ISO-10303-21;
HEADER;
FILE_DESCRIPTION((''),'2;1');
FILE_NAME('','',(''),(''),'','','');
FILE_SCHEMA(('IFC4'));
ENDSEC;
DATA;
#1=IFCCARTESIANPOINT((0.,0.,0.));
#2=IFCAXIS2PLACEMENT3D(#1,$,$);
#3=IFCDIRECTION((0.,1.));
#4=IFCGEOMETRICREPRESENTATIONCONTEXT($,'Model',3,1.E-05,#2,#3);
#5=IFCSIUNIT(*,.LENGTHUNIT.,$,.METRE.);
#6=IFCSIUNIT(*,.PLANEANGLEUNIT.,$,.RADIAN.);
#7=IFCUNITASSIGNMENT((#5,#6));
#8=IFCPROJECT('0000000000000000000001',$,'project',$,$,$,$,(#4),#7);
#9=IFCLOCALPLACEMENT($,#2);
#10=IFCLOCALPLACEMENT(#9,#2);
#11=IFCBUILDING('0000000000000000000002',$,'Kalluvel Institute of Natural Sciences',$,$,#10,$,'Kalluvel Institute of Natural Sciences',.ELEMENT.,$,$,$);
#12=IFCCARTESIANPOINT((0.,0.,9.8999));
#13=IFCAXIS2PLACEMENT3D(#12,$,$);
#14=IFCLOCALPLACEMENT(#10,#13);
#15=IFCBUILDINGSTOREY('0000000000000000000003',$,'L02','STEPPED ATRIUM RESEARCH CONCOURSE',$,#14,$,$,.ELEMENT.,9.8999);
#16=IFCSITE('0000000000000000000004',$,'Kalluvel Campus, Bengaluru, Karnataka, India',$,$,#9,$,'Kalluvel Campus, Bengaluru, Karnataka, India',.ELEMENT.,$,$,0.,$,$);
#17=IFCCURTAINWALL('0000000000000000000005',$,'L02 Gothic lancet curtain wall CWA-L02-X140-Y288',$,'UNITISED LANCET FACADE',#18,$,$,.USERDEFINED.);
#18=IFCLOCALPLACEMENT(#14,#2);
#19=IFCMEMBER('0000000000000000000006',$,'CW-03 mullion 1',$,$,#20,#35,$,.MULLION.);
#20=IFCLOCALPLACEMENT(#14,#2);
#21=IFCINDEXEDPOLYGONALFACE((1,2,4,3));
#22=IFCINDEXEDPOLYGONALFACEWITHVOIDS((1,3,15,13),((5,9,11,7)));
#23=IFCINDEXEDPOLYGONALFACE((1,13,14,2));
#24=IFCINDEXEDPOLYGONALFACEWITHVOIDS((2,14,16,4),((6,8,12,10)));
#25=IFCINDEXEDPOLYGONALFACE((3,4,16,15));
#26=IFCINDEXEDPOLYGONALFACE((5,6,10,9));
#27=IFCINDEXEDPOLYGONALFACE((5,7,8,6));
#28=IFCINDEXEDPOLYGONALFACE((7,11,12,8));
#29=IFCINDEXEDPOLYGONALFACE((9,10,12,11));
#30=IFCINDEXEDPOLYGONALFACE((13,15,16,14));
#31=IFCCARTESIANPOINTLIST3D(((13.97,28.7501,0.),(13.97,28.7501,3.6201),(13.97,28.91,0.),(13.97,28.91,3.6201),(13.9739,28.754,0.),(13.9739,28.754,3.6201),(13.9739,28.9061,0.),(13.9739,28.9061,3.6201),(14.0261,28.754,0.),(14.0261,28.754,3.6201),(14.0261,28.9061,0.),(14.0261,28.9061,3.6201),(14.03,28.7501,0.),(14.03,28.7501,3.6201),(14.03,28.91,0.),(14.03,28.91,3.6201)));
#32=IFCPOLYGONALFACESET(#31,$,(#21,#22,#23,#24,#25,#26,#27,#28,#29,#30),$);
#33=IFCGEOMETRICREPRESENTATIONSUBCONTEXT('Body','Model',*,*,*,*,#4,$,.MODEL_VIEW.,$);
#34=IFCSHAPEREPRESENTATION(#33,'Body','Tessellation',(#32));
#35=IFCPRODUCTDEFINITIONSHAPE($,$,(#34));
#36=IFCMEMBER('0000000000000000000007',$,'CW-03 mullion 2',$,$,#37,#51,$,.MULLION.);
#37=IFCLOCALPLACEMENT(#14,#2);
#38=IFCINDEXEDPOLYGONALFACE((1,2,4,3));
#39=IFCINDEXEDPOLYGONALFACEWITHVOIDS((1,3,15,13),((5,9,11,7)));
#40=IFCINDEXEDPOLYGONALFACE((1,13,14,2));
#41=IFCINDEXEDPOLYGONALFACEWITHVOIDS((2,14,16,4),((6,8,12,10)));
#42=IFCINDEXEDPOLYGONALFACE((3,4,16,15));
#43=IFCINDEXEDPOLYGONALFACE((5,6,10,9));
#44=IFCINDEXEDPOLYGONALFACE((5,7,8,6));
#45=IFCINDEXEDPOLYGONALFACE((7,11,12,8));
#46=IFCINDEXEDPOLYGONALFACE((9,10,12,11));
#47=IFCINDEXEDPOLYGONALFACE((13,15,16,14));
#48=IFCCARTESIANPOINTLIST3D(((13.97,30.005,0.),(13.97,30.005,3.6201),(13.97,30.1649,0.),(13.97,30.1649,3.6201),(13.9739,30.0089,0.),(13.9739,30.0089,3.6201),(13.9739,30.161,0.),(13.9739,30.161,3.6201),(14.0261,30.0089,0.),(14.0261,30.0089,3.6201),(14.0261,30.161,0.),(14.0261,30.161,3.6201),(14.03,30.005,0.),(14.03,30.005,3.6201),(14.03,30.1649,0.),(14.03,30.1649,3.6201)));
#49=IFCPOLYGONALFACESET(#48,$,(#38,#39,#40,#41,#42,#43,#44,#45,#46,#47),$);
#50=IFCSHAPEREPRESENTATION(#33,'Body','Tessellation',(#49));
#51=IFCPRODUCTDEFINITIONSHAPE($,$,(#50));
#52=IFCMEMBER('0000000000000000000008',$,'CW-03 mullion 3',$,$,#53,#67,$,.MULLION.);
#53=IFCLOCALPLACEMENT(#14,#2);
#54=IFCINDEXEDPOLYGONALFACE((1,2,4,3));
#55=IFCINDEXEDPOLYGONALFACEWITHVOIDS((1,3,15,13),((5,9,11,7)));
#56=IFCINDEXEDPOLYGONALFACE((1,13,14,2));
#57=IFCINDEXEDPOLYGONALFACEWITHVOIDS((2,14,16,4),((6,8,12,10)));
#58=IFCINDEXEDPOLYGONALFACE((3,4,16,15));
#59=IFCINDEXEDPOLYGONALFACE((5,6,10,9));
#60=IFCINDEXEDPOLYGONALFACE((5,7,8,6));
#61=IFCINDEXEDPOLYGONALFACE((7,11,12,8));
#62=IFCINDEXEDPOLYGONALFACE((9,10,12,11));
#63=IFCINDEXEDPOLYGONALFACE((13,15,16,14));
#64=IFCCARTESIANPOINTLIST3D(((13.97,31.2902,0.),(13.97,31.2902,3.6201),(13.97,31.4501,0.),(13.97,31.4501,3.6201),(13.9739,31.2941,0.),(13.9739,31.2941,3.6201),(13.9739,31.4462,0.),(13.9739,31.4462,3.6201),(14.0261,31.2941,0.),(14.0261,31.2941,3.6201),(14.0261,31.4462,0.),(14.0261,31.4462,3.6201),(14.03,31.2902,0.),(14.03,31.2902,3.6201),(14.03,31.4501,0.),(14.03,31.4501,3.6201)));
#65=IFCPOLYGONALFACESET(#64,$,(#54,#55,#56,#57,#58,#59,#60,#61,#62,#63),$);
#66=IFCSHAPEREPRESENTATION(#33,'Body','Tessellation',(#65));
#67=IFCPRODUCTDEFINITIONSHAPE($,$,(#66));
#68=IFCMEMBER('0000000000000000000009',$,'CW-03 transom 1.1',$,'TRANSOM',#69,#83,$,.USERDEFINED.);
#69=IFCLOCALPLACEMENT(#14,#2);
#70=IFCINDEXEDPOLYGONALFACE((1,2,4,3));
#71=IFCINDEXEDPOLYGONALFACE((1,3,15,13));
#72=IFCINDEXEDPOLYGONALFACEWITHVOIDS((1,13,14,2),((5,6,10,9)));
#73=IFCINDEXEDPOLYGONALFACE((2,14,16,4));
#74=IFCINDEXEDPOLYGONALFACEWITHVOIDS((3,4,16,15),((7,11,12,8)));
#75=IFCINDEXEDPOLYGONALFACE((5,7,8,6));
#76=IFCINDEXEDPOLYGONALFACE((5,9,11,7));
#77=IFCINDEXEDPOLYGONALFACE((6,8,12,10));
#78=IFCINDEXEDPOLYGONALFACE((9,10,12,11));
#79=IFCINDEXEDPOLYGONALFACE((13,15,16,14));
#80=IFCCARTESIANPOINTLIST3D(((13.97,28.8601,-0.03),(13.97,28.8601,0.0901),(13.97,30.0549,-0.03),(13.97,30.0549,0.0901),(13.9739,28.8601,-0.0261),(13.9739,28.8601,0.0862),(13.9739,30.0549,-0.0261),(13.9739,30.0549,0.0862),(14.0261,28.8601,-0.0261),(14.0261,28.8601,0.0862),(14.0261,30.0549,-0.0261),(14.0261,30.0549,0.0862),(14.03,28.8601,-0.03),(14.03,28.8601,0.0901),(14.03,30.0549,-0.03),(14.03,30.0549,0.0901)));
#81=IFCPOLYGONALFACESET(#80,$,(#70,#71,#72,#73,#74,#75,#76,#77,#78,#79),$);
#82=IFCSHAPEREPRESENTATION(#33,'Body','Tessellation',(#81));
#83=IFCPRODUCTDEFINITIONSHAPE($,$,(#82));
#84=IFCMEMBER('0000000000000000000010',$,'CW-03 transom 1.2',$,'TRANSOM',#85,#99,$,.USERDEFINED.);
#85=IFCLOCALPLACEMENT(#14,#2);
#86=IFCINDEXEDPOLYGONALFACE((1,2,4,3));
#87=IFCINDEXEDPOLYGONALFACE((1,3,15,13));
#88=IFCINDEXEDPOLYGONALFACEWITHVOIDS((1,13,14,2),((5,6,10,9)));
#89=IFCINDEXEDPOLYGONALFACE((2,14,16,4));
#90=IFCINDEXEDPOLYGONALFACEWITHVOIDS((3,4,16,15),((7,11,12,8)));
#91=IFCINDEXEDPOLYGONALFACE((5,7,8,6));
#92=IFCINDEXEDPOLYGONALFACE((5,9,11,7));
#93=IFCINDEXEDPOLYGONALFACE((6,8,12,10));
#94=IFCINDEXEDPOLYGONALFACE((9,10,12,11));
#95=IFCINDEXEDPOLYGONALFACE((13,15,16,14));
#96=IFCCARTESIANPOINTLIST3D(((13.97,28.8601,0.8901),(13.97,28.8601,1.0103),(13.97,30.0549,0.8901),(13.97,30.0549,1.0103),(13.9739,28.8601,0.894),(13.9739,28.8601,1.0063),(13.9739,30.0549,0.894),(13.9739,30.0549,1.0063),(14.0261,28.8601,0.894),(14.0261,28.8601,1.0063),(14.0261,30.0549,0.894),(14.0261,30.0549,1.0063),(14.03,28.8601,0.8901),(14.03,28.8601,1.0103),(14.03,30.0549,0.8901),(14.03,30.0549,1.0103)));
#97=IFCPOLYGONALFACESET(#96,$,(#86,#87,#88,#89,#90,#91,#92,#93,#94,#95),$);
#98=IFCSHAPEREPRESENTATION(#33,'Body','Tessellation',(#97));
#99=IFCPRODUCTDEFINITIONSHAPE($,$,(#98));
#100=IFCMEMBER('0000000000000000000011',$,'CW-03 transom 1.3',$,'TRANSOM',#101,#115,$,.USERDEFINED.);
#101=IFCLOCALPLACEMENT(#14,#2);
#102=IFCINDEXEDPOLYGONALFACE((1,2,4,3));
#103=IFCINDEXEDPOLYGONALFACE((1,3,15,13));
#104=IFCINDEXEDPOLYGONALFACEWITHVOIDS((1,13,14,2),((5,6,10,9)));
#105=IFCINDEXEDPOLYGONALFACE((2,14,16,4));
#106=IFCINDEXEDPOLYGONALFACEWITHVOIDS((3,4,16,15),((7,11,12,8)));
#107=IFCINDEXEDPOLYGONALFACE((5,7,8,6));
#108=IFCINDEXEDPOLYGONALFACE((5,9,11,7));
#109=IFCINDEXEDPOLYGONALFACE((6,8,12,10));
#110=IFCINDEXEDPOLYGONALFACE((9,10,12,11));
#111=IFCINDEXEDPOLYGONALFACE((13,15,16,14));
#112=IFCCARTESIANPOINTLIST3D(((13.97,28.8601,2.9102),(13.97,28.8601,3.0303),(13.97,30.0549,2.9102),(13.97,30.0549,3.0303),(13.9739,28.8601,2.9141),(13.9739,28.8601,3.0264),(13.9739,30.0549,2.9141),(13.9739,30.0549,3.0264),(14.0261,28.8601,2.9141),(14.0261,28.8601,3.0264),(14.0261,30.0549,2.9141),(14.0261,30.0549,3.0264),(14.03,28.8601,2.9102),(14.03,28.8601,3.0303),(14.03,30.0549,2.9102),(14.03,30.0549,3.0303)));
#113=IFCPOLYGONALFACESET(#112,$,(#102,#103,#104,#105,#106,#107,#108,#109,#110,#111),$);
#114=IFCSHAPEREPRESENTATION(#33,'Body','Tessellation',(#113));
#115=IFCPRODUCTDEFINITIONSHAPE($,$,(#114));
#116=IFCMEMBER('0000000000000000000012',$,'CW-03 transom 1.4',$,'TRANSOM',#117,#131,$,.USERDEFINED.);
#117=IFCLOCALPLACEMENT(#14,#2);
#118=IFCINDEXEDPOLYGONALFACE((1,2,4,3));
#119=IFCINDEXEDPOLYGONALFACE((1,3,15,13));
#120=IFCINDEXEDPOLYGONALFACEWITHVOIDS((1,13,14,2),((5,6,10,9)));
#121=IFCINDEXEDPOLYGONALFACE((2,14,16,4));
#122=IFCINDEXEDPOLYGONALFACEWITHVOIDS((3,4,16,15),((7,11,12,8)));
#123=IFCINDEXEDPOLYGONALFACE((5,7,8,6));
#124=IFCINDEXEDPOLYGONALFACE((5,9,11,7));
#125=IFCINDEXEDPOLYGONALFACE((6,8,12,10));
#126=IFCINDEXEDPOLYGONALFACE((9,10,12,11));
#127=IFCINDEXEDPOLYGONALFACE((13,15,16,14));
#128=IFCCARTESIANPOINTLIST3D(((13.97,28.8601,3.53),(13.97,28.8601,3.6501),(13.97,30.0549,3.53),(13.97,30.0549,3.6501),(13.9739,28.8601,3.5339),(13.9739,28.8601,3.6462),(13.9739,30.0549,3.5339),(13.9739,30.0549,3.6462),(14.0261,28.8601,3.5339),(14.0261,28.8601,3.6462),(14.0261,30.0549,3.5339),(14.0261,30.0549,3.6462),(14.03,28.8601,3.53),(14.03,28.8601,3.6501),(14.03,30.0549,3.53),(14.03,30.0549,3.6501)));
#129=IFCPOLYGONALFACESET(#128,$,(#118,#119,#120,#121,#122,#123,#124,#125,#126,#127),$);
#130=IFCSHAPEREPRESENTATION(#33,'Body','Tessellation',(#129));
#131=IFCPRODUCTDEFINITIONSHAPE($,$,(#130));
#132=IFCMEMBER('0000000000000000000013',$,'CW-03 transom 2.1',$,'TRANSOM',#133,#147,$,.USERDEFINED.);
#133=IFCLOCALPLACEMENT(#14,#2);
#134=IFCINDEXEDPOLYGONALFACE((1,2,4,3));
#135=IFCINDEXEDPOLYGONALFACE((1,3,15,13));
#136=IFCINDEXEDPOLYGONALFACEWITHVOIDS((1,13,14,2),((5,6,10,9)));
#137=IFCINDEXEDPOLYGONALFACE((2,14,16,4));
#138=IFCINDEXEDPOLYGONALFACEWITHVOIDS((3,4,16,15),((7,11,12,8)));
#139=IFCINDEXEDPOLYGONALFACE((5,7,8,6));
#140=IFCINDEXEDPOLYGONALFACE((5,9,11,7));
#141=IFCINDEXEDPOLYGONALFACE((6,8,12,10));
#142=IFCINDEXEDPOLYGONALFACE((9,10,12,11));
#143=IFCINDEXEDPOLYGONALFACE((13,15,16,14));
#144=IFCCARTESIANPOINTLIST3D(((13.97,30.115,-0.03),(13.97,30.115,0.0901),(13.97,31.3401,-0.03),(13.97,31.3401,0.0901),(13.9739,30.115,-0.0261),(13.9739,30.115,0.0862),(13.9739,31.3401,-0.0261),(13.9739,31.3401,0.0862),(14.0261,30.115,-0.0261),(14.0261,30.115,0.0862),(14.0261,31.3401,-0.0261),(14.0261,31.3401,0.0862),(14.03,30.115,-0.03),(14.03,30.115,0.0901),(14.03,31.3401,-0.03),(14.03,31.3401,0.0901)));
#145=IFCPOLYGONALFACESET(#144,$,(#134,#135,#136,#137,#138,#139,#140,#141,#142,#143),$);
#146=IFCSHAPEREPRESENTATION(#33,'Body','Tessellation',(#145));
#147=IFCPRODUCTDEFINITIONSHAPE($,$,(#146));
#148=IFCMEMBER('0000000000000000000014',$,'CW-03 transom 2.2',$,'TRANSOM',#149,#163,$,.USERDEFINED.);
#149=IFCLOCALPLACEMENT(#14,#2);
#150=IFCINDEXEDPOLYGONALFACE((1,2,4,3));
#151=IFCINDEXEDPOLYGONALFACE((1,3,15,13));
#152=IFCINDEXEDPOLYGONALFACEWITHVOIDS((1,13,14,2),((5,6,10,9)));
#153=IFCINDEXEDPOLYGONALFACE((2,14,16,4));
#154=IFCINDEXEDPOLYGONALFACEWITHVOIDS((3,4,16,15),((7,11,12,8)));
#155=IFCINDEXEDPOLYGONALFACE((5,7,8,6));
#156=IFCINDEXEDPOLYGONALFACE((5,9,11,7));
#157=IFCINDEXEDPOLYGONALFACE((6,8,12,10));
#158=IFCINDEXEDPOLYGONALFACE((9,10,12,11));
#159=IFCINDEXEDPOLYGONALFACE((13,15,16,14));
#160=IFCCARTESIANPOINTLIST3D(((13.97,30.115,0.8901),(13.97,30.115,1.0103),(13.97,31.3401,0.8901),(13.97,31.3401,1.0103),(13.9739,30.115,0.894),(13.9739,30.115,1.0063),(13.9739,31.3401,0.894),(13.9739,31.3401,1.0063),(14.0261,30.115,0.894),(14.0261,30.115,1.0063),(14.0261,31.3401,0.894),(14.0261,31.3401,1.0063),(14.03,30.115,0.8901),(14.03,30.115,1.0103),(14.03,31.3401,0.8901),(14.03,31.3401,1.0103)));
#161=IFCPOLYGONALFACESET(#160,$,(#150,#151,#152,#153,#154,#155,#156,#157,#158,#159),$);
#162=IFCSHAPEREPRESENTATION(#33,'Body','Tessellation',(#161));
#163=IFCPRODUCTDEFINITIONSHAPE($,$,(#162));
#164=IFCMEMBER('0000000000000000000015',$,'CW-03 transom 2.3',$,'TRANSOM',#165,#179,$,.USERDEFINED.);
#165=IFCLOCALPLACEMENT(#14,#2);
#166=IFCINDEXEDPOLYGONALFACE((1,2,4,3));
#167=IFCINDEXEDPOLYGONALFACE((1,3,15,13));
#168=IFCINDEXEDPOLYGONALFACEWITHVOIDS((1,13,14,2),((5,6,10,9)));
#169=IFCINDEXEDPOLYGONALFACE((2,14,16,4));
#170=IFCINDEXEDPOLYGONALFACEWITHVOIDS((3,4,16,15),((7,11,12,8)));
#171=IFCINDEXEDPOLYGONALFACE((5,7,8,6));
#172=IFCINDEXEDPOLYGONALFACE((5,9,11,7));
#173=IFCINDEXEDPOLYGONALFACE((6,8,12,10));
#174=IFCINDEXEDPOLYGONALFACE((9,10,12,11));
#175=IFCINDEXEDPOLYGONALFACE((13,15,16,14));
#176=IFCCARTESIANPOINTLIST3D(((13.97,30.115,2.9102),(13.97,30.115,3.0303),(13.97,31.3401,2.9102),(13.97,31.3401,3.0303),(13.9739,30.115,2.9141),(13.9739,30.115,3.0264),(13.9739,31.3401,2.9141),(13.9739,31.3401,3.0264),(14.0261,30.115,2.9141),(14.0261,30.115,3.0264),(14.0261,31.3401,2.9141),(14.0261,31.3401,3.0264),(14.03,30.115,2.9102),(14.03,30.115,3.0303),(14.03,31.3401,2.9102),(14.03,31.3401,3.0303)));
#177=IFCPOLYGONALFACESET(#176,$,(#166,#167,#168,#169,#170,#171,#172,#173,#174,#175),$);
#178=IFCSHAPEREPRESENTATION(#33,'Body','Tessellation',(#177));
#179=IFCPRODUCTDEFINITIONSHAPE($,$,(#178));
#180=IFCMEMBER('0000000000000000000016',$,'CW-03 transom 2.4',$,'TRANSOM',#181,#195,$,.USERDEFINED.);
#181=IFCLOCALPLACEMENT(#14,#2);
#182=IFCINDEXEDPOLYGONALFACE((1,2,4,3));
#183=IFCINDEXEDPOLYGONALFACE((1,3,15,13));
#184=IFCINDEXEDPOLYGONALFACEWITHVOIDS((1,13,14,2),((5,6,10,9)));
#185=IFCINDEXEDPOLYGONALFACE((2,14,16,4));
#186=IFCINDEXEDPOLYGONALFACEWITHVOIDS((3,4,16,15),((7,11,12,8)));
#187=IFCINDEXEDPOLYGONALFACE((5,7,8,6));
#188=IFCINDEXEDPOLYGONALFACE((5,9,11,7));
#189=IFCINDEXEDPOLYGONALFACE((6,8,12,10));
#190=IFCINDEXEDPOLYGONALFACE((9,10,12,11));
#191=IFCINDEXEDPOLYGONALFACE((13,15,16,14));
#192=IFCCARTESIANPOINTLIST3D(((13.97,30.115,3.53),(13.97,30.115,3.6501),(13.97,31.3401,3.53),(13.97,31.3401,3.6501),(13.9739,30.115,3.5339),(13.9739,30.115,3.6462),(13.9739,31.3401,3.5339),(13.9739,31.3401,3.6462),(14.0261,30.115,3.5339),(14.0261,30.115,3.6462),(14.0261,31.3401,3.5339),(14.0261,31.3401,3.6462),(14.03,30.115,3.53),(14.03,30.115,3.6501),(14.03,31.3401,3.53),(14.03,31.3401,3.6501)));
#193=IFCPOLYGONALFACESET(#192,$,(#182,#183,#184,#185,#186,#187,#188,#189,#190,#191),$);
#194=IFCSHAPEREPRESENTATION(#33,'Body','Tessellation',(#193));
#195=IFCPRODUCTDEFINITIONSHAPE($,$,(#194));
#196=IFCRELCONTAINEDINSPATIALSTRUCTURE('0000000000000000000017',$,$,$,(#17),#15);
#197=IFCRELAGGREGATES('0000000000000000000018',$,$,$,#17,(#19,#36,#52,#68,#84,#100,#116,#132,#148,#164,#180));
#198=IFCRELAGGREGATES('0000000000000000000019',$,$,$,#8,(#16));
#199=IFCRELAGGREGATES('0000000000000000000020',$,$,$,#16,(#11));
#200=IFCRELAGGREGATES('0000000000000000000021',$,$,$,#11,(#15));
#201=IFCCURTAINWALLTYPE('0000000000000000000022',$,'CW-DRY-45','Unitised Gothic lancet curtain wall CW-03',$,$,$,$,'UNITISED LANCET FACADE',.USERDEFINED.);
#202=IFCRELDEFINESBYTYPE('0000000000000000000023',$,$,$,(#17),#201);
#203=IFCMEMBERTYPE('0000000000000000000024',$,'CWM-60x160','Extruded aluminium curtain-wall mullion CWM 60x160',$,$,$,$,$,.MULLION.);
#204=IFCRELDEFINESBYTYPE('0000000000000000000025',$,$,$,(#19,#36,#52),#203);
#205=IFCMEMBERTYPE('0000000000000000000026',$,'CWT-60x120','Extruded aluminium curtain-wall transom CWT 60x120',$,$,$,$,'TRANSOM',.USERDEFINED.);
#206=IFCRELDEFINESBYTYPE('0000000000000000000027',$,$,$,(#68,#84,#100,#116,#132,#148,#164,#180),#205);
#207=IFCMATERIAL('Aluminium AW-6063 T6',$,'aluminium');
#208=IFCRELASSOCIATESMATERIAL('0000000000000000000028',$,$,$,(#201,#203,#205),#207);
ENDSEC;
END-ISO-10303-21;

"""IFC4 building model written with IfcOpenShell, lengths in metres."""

from ifc_helpers import new_model, si_unit, direction, frame, origin, origin_2d, place, context, subcontext, project, spatial, hollow_rectangle, extrude, material, material_profile, profile_set, type_object, element, aggregate, save


model = new_model("IFC4")

# Units and contexts
model_context = context("Model", 3, precision=1e-05, world=origin(), true_north=direction((0.0, 1.0)))
body_context = subcontext(model_context, "Body", "Model", "MODEL_VIEW")
ifc_project = project(units=[si_unit("LENGTHUNIT", "METRE"), si_unit("PLANEANGLEUNIT", "RADIAN")], contexts=[model_context])

# Site, building, storey
site_placement = place(None, origin())
site = spatial("IfcSite", under=ifc_project, at=site_placement, Name="Kalluvel Campus, Bengaluru, Karnataka, India", LongName="Kalluvel Campus, Bengaluru, Karnataka, India", CompositionType="ELEMENT", RefElevation=0.0)
building_placement = place(site_placement, origin())
building = spatial("IfcBuilding", under=site, at=building_placement, Name="Kalluvel Institute of Natural Sciences", LongName="Kalluvel Institute of Natural Sciences", CompositionType="ELEMENT")
storey_placement = place(building_placement, frame((0.0, 0.0, 9.8999)))
storey = spatial("IfcBuildingStorey", under=building, at=storey_placement, Name="L02", Description="STEPPED ATRIUM RESEARCH CONCOURSE", CompositionType="ELEMENT", Elevation=9.8999)

# Curtain wall, members
ifc_material_1 = material(Name="Aluminium AW-6063 T6", Category="aluminium")
curtain_wall_type = type_object("IfcCurtainWallType", Name="CW-DRY-45", Description="Unitised Gothic lancet curtain wall CW-03", ElementType="UNITISED LANCET FACADE", PredefinedType="USERDEFINED", material=ifc_material_1)
curtain_wall_placement = place(storey_placement, origin())
curtain_wall = element("IfcCurtainWall", 1, at=curtain_wall_placement, inside=storey, type_object=curtain_wall_type, Name="L02 Gothic lancet curtain wall CWA-L02-X140-Y288", ObjectType="UNITISED LANCET FACADE", PredefinedType="USERDEFINED")
ifc_material_profile_1 = material_profile(ifc_material_1, hollow_rectangle(XDim=0.0601, YDim=0.1599, WallThickness=0.0039, at=origin_2d()), Name="CWM 60x160")
ifc_profile_set_1 = profile_set([ifc_material_profile_1], Name="Aluminium AW-6063 T6")
member_type_1 = type_object("IfcMemberType", Name="CWM-60x160", Description="Extruded aluminium curtain-wall mullion CWM 60x160", PredefinedType="MULLION", material=ifc_profile_set_1)
member_1_placement = place(storey_placement, frame((14.0, 28.8301, 0.0), z_axis=(0.0, 0.0, 1.0), x_axis=(-1.0, 0.0, 0.0)))
member_1 = element("IfcMember", 2, at=member_1_placement, type_object=member_type_1, Name="CW-03 mullion 1", PredefinedType="MULLION", context=body_context, shape_type="SweptSolid", body=[
    extrude(hollow_rectangle(XDim=0.0601, YDim=0.1599, WallThickness=0.0039, at=origin_2d()), origin(), (0.0, 0.0, 1.0), 3.6201),
])
member_2_placement = place(storey_placement, frame((14.0, 30.085, 0.0), z_axis=(0.0, 0.0, 1.0), x_axis=(-1.0, 0.0, 0.0)))
member_2 = element("IfcMember", 3, at=member_2_placement, type_object=member_type_1, Name="CW-03 mullion 2", PredefinedType="MULLION", context=body_context, shape_type="SweptSolid", body=[
    extrude(hollow_rectangle(XDim=0.0601, YDim=0.1599, WallThickness=0.0039, at=origin_2d()), origin(), (0.0, 0.0, 1.0), 3.6201),
])
member_3_placement = place(storey_placement, frame((14.0, 31.3701, 0.0), z_axis=(0.0, 0.0, 1.0), x_axis=(-1.0, 0.0, 0.0)))
member_3 = element("IfcMember", 4, at=member_3_placement, type_object=member_type_1, Name="CW-03 mullion 3", PredefinedType="MULLION", context=body_context, shape_type="SweptSolid", body=[
    extrude(hollow_rectangle(XDim=0.0601, YDim=0.1599, WallThickness=0.0039, at=origin_2d()), origin(), (0.0, 0.0, 1.0), 3.6201),
])
ifc_material_profile_2 = material_profile(ifc_material_1, hollow_rectangle(XDim=0.0601, YDim=0.1201, WallThickness=0.0039, at=origin_2d()), Name="CWT 60x120")
ifc_profile_set_2 = profile_set([ifc_material_profile_2], Name="Aluminium AW-6063 T6")
member_type_2 = type_object("IfcMemberType", Name="CWT-60x120", Description="Extruded aluminium curtain-wall transom CWT 60x120", ElementType="TRANSOM", PredefinedType="USERDEFINED", material=ifc_profile_set_2)
member_4_placement = place(storey_placement, frame((14.0, 28.8601, 0.03), z_axis=(0.0, 1.0, 0.0), x_axis=(-1.0, 0.0, 0.0)))
member_4 = element("IfcMember", 5, at=member_4_placement, type_object=member_type_2, Name="CW-03 transom 1.1", ObjectType="TRANSOM", PredefinedType="USERDEFINED", context=body_context, shape_type="SweptSolid", body=[
    extrude(hollow_rectangle(XDim=0.0601, YDim=0.1201, WallThickness=0.0039, at=origin_2d()), origin(), (0.0, 0.0, 1.0), 1.1948),
])
member_5_placement = place(storey_placement, frame((14.0, 28.8601, 0.9502), z_axis=(0.0, 1.0, 0.0), x_axis=(-1.0, 0.0, 0.0)))
member_5 = element("IfcMember", 6, at=member_5_placement, type_object=member_type_2, Name="CW-03 transom 1.2", ObjectType="TRANSOM", PredefinedType="USERDEFINED", context=body_context, shape_type="SweptSolid", body=[
    extrude(hollow_rectangle(XDim=0.0601, YDim=0.1201, WallThickness=0.0039, at=origin_2d()), origin(), (0.0, 0.0, 1.0), 1.1948),
])
member_6_placement = place(storey_placement, frame((14.0, 28.8601, 2.9702), z_axis=(0.0, 1.0, 0.0), x_axis=(-1.0, 0.0, 0.0)))
member_6 = element("IfcMember", 7, at=member_6_placement, type_object=member_type_2, Name="CW-03 transom 1.3", ObjectType="TRANSOM", PredefinedType="USERDEFINED", context=body_context, shape_type="SweptSolid", body=[
    extrude(hollow_rectangle(XDim=0.0601, YDim=0.1201, WallThickness=0.0039, at=origin_2d()), origin(), (0.0, 0.0, 1.0), 1.1948),
])
member_7_placement = place(storey_placement, frame((14.0, 28.8601, 3.5901), z_axis=(0.0, 1.0, 0.0), x_axis=(-1.0, 0.0, 0.0)))
member_7 = element("IfcMember", 8, at=member_7_placement, type_object=member_type_2, Name="CW-03 transom 1.4", ObjectType="TRANSOM", PredefinedType="USERDEFINED", context=body_context, shape_type="SweptSolid", body=[
    extrude(hollow_rectangle(XDim=0.0601, YDim=0.1201, WallThickness=0.0039, at=origin_2d()), origin(), (0.0, 0.0, 1.0), 1.1948),
])
member_8_placement = place(storey_placement, frame((14.0, 30.115, 0.03), z_axis=(0.0, 1.0, 0.0), x_axis=(-1.0, 0.0, 0.0)))
member_8 = element("IfcMember", 9, at=member_8_placement, type_object=member_type_2, Name="CW-03 transom 2.1", ObjectType="TRANSOM", PredefinedType="USERDEFINED", context=body_context, shape_type="SweptSolid", body=[
    extrude(hollow_rectangle(XDim=0.0601, YDim=0.1201, WallThickness=0.0039, at=origin_2d()), origin(), (0.0, 0.0, 1.0), 1.2251),
])
member_9_placement = place(storey_placement, frame((14.0, 30.115, 0.9502), z_axis=(0.0, 1.0, 0.0), x_axis=(-1.0, 0.0, 0.0)))
member_9 = element("IfcMember", 10, at=member_9_placement, type_object=member_type_2, Name="CW-03 transom 2.2", ObjectType="TRANSOM", PredefinedType="USERDEFINED", context=body_context, shape_type="SweptSolid", body=[
    extrude(hollow_rectangle(XDim=0.0601, YDim=0.1201, WallThickness=0.0039, at=origin_2d()), origin(), (0.0, 0.0, 1.0), 1.2251),
])
member_10_placement = place(storey_placement, frame((14.0, 30.115, 2.9702), z_axis=(0.0, 1.0, 0.0), x_axis=(-1.0, 0.0, 0.0)))
member_10 = element("IfcMember", 11, at=member_10_placement, type_object=member_type_2, Name="CW-03 transom 2.3", ObjectType="TRANSOM", PredefinedType="USERDEFINED", context=body_context, shape_type="SweptSolid", body=[
    extrude(hollow_rectangle(XDim=0.0601, YDim=0.1201, WallThickness=0.0039, at=origin_2d()), origin(), (0.0, 0.0, 1.0), 1.2251),
])
member_11_placement = place(storey_placement, frame((14.0, 30.115, 3.5901), z_axis=(0.0, 1.0, 0.0), x_axis=(-1.0, 0.0, 0.0)))
member_11 = element("IfcMember", 12, at=member_11_placement, type_object=member_type_2, Name="CW-03 transom 2.4", ObjectType="TRANSOM", PredefinedType="USERDEFINED", context=body_context, shape_type="SweptSolid", body=[
    extrude(hollow_rectangle(XDim=0.0601, YDim=0.1201, WallThickness=0.0039, at=origin_2d()), origin(), (0.0, 0.0, 1.0), 1.2251),
])

aggregate(curtain_wall, [member_1, member_2, member_3, member_4, member_5, member_6, member_7, member_8, member_9, member_10, member_11])

save(model, "model.ifc")
